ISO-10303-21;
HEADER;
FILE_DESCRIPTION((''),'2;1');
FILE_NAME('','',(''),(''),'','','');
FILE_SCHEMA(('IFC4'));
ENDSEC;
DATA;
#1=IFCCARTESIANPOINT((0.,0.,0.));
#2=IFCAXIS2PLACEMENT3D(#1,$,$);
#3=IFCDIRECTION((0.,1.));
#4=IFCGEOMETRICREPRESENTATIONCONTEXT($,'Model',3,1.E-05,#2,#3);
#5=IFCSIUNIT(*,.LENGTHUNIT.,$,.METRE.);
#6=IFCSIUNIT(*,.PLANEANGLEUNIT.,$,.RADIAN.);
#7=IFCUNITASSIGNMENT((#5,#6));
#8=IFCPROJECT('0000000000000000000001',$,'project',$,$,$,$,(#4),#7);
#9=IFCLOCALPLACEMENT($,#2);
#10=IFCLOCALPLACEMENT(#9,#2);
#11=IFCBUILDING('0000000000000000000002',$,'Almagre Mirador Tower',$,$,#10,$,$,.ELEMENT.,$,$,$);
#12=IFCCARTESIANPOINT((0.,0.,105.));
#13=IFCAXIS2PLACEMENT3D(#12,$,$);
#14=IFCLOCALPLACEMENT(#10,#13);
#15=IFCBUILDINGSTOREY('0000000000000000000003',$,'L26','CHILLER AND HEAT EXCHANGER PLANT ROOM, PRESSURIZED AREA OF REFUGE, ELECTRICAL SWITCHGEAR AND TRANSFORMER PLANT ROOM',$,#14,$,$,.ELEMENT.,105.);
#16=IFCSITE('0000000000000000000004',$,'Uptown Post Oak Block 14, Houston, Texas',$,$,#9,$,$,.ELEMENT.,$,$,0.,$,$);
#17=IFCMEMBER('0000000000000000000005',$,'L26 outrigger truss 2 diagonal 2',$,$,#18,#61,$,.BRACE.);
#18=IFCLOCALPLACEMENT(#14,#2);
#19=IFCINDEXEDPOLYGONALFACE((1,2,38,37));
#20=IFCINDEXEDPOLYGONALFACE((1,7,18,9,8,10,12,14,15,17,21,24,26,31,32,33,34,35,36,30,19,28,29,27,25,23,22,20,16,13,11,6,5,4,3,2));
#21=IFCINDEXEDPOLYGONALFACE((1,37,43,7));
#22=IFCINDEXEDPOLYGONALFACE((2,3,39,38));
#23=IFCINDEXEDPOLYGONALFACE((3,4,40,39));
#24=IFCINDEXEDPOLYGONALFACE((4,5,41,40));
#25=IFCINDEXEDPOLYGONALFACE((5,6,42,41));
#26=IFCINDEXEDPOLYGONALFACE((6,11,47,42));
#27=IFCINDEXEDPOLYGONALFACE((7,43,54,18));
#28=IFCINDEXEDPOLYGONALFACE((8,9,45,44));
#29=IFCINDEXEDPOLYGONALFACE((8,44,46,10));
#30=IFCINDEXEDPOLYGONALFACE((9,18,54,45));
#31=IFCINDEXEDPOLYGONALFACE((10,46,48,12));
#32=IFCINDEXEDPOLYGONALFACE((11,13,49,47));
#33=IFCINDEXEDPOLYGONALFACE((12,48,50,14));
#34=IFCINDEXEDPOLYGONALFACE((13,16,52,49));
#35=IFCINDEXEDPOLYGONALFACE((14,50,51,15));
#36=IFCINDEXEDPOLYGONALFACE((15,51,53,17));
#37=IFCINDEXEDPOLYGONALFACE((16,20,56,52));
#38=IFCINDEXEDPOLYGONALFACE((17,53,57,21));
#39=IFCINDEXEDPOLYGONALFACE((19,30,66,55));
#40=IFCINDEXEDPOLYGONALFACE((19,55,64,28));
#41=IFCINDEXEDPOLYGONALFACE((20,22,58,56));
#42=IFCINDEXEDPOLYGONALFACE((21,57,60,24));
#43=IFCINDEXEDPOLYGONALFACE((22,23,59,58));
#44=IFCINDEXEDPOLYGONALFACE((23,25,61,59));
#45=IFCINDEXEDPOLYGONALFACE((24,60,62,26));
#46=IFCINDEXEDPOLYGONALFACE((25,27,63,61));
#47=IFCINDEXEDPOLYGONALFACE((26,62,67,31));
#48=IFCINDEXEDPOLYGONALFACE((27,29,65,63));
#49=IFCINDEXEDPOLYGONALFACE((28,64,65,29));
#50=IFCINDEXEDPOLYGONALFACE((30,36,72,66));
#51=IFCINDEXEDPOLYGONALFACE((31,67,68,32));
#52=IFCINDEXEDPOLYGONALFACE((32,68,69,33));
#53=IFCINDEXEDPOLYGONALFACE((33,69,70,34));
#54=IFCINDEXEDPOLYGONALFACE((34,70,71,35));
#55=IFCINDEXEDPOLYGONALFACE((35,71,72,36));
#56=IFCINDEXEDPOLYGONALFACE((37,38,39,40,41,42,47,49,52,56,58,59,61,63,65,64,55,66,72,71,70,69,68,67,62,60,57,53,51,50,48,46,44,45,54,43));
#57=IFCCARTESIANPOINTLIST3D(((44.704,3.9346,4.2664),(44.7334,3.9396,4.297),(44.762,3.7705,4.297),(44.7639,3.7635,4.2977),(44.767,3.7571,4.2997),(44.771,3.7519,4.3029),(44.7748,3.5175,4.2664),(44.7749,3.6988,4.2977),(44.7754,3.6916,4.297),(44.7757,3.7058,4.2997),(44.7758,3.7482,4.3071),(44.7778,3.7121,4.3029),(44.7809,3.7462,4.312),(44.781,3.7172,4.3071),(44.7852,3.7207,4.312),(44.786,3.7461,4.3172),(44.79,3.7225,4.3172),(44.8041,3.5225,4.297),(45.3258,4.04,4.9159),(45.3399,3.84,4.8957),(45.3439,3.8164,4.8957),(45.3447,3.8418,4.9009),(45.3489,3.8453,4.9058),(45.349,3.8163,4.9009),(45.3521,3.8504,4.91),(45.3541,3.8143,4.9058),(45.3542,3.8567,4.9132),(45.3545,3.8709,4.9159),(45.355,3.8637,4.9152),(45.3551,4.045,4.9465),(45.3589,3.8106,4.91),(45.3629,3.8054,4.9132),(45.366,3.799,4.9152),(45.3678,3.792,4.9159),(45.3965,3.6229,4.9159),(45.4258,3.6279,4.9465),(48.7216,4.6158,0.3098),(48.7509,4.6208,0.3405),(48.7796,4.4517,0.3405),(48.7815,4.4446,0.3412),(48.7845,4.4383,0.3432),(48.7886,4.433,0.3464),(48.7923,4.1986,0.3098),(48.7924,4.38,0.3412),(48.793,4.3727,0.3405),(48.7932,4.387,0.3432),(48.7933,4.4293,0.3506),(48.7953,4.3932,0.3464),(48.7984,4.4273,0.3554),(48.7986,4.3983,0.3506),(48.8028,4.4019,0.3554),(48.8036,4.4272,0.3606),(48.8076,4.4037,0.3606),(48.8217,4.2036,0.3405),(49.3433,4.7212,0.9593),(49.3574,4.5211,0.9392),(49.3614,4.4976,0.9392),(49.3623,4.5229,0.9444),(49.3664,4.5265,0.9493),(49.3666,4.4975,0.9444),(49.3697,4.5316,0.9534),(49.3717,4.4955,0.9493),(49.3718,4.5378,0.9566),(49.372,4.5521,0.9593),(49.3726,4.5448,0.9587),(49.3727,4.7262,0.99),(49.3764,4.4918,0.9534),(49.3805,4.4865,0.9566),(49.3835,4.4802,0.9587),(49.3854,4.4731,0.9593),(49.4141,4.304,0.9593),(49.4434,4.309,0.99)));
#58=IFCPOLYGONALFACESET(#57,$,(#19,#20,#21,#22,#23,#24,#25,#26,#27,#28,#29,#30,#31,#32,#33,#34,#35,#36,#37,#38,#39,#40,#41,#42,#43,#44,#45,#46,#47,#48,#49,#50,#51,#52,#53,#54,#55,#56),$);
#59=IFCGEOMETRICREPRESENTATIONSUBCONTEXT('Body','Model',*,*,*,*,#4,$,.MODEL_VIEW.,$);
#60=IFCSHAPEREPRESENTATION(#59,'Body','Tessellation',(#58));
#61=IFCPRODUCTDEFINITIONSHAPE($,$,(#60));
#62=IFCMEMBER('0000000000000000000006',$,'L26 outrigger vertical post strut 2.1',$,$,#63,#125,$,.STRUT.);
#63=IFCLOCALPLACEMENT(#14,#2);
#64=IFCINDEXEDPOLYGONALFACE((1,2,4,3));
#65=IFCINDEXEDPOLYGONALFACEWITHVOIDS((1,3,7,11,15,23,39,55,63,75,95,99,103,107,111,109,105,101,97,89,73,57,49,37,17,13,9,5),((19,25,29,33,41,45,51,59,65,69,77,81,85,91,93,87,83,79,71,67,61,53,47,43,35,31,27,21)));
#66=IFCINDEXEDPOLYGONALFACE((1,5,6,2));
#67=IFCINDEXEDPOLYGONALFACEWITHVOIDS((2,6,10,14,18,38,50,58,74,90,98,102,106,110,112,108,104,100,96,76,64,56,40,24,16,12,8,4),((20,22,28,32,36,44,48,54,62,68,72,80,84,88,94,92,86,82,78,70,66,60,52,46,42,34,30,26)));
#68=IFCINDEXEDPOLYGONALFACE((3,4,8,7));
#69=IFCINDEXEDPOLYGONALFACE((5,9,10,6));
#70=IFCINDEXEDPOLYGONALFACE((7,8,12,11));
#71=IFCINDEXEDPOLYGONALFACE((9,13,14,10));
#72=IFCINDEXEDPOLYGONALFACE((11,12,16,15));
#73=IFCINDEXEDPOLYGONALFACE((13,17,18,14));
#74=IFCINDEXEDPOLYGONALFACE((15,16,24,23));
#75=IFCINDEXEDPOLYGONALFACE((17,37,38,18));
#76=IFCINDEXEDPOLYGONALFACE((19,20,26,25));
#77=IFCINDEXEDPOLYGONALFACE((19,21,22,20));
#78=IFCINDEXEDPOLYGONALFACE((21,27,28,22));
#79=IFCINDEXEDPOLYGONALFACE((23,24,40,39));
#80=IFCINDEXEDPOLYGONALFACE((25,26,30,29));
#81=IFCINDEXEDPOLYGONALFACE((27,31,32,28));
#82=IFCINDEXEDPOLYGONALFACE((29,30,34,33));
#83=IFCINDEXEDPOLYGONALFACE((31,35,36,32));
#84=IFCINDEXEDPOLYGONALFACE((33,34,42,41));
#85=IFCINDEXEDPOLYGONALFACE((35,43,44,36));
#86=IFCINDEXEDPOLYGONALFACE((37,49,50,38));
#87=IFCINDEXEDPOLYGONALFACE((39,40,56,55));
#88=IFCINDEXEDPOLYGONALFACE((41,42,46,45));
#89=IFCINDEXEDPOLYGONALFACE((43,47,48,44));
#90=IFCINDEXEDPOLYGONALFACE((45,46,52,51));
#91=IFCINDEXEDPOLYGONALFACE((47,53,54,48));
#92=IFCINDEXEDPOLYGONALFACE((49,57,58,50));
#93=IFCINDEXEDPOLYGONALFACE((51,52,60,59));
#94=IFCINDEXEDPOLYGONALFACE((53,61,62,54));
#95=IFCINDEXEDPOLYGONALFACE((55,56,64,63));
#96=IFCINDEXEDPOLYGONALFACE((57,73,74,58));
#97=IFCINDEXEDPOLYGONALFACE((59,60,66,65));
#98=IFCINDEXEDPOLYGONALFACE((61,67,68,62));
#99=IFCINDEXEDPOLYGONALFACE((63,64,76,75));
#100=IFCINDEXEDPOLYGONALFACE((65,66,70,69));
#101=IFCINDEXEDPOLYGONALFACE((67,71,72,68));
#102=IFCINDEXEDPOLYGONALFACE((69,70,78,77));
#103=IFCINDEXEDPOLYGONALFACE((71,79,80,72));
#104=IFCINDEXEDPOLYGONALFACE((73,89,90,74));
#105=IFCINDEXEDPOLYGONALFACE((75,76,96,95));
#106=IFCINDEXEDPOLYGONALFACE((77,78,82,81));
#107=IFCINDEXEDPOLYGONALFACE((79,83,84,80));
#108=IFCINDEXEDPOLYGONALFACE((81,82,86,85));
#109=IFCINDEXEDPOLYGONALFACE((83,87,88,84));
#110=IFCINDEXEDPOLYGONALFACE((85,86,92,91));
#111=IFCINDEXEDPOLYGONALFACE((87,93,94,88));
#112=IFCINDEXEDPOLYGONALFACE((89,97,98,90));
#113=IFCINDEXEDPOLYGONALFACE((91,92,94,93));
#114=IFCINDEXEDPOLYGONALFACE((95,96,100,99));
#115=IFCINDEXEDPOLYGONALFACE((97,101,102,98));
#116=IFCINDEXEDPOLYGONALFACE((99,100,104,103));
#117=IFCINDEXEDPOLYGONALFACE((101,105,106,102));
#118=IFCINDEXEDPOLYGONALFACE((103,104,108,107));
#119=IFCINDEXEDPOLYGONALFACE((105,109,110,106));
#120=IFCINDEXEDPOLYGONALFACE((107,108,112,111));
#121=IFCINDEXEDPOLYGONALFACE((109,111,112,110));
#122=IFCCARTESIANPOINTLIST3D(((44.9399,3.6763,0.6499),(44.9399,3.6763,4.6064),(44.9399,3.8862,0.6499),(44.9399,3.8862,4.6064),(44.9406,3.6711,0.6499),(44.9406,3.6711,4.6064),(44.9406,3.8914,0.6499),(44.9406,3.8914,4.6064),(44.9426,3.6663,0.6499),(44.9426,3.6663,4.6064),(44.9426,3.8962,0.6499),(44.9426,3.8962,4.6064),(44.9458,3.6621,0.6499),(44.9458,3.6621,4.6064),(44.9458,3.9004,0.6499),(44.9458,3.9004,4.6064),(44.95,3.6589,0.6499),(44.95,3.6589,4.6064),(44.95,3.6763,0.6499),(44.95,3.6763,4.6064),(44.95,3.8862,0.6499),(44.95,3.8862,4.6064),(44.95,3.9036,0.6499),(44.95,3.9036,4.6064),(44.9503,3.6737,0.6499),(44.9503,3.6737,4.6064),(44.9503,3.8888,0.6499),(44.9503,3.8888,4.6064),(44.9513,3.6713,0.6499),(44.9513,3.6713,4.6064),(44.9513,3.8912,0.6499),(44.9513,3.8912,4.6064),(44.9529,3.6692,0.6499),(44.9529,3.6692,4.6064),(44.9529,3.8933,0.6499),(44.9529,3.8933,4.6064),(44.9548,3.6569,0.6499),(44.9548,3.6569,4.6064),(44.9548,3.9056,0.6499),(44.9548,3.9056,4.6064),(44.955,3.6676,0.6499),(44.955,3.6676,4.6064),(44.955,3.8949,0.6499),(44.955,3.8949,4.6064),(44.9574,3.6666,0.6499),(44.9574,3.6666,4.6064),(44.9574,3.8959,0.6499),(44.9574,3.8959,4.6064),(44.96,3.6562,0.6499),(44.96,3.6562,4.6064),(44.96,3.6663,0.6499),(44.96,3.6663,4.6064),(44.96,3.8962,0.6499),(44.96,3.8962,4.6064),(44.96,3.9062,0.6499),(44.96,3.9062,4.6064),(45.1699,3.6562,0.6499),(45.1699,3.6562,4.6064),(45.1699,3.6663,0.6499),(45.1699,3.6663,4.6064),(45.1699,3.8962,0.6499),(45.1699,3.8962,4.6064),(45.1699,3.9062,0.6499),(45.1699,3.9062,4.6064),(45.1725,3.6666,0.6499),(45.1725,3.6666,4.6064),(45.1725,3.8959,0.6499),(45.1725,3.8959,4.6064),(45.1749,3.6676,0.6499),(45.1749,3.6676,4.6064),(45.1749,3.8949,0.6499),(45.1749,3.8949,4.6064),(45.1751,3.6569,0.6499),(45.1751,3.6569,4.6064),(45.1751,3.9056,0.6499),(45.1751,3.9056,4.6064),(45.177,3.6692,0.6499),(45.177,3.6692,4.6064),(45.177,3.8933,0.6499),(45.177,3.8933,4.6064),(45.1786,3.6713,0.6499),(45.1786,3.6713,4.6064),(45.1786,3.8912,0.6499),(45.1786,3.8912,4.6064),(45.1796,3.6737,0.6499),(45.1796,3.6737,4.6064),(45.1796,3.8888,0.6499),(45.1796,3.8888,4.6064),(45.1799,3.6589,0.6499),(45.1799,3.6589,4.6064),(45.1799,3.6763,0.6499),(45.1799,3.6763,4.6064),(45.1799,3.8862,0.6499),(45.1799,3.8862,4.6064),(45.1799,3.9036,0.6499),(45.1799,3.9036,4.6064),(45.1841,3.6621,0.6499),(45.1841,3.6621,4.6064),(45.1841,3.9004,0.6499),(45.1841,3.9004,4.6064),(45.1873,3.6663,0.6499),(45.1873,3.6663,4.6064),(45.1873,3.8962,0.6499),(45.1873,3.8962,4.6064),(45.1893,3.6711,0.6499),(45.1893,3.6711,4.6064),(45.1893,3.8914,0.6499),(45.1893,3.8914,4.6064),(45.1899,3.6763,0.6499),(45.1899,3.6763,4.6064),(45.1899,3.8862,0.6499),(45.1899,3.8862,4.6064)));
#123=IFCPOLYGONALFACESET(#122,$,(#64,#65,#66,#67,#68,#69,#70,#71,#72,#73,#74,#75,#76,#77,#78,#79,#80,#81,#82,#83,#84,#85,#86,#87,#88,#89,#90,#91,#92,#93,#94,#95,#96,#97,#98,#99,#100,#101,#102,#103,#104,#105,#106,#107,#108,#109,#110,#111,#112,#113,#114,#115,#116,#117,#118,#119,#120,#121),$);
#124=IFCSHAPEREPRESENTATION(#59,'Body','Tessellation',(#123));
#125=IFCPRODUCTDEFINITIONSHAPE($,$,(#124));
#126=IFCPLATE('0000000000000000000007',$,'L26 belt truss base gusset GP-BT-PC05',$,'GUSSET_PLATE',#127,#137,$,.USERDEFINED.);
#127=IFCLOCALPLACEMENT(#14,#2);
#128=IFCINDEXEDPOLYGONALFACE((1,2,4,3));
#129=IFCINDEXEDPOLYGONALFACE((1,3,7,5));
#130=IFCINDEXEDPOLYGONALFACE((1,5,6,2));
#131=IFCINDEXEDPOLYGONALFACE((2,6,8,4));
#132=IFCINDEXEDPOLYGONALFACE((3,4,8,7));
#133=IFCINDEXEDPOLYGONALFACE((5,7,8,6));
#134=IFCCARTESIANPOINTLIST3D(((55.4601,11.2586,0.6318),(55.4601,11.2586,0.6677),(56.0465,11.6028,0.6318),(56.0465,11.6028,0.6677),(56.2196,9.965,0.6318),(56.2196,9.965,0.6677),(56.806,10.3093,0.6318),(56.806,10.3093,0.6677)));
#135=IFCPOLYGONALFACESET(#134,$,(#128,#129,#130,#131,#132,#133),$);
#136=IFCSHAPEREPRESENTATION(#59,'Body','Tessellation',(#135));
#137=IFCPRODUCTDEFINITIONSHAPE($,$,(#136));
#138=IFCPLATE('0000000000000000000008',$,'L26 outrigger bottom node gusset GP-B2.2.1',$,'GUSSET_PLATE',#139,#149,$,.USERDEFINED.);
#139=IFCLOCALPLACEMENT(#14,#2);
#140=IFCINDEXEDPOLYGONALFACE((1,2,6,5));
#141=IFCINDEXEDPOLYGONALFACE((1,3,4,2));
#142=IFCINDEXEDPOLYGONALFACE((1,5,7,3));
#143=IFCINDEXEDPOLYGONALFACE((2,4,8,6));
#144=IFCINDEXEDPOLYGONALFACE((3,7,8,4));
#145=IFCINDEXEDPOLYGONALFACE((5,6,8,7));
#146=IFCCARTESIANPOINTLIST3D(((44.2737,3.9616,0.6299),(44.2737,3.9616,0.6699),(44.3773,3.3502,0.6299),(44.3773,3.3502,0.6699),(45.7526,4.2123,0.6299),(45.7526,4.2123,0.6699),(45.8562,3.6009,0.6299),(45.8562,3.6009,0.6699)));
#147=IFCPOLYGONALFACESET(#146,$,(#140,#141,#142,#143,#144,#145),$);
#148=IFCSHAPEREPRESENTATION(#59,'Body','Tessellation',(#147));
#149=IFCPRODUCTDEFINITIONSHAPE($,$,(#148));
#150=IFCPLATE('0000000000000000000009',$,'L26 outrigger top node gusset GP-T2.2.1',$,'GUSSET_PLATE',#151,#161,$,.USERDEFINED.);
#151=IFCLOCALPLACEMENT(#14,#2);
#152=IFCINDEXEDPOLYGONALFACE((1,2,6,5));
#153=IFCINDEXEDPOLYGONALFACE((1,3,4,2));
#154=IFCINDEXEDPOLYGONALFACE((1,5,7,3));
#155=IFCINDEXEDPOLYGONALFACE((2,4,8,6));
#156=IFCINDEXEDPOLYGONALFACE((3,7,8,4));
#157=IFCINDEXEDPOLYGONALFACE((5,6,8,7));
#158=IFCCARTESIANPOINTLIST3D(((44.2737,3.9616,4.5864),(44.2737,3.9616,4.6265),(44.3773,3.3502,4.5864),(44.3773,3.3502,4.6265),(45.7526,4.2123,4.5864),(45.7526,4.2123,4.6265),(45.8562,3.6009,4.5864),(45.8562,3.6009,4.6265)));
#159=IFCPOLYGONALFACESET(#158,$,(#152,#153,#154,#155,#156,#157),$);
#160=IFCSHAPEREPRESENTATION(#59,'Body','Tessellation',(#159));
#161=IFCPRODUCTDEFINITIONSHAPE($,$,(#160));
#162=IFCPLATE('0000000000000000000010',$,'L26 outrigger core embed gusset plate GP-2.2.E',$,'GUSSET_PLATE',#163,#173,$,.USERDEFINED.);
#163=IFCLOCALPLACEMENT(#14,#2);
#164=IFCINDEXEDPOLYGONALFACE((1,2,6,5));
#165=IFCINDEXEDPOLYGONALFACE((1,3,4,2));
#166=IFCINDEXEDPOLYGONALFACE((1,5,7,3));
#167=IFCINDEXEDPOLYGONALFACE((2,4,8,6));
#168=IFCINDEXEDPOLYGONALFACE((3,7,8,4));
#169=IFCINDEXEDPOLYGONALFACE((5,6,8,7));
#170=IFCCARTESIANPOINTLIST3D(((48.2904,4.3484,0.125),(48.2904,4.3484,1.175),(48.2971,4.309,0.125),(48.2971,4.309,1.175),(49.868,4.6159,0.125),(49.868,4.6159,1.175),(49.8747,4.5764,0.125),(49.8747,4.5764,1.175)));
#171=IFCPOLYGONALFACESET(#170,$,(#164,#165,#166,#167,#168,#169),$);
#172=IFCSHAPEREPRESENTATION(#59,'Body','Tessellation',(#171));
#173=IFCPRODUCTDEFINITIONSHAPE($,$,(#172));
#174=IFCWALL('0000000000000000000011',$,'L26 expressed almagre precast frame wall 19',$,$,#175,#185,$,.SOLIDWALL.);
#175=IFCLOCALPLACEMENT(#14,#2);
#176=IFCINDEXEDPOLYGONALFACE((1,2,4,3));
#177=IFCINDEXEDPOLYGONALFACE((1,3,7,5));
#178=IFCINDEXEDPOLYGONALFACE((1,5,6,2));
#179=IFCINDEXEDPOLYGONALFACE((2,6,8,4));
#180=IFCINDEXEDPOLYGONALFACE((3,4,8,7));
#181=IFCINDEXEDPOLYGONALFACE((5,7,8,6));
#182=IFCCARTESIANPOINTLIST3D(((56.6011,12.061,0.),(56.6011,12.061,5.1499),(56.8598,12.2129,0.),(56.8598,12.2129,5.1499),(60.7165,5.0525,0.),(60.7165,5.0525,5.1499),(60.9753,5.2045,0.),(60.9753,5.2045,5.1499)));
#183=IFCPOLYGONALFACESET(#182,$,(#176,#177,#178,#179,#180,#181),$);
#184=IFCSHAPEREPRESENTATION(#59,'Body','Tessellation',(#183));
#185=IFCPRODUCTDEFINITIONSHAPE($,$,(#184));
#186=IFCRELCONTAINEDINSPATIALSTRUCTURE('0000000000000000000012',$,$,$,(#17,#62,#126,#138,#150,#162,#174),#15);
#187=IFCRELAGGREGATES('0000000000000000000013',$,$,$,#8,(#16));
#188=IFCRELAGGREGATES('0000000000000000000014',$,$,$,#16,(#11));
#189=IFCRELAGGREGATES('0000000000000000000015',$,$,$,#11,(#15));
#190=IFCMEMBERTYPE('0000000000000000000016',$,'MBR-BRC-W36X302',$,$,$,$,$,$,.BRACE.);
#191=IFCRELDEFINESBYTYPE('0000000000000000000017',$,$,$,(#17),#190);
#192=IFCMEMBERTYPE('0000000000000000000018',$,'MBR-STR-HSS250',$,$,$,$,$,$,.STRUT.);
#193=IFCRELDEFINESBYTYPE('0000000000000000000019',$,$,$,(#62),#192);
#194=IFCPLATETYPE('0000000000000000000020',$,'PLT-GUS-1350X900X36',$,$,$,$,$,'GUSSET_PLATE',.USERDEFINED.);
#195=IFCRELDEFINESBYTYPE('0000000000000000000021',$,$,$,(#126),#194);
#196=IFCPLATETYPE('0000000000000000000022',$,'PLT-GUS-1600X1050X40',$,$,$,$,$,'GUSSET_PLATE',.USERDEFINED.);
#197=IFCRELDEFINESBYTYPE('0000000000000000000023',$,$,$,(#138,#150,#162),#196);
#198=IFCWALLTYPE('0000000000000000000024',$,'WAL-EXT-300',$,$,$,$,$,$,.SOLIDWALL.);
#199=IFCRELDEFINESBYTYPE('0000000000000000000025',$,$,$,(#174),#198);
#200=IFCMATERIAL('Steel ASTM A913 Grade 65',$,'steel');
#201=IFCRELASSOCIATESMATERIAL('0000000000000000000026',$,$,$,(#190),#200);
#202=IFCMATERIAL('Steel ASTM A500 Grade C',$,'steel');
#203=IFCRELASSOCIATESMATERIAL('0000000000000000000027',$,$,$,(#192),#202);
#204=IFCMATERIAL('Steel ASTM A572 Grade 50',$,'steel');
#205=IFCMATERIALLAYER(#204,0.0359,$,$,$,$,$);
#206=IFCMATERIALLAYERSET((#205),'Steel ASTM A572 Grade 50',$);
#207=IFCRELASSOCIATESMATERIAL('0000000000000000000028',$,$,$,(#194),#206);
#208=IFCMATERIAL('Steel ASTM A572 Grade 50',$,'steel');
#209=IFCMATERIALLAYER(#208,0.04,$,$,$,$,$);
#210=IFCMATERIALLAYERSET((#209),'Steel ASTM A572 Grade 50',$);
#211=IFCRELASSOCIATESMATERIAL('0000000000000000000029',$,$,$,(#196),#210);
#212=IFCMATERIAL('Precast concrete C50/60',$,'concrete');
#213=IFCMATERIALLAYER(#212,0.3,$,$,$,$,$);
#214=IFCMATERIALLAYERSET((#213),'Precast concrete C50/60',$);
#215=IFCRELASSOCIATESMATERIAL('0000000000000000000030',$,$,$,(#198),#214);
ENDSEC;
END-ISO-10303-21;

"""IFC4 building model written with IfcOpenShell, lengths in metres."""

from ifc_helpers import new_model, si_unit, direction, frame, frame_2d, origin, origin_2d, place, context, subcontext, project, spatial, rectangle, hollow_rectangle, i_section, extrude, material, layer, layer_set, material_profile, profile_set, type_object, element, save


model = new_model("IFC4")

# Units and contexts
model_context = context("Model", 3, precision=1e-05, world=origin(), true_north=direction((0.0, 1.0)))
body_context = subcontext(model_context, "Body", "Model", "MODEL_VIEW")
ifc_project = project(units=[si_unit("LENGTHUNIT", "METRE"), si_unit("PLANEANGLEUNIT", "RADIAN")], contexts=[model_context])

# Site, building, storey
site_placement = place(None, origin())
site = spatial("IfcSite", under=ifc_project, at=site_placement, Name="Uptown Post Oak Block 14, Houston, Texas", CompositionType="ELEMENT", RefElevation=0.0)
building_placement = place(site_placement, origin())
building = spatial("IfcBuilding", under=site, at=building_placement, Name="Almagre Mirador Tower", CompositionType="ELEMENT")
storey_placement = place(building_placement, frame((0.0, 0.0, 105.0)))
storey = spatial("IfcBuildingStorey", under=building, at=storey_placement, Name="L26", Description="CHILLER AND HEAT EXCHANGER PLANT ROOM, PRESSURIZED AREA OF REFUGE, ELECTRICAL SWITCHGEAR AND TRANSFORMER PLANT ROOM", CompositionType="ELEMENT", Elevation=105.0)

# Members
ifc_material_1 = material(Name="Steel ASTM A913 Grade 65", Category="steel")
ifc_material_profile_1 = material_profile(ifc_material_1, i_section(OverallWidth=0.4231, OverallDepth=0.948, WebThickness=0.0239, FlangeThickness=0.0427, FilletRadius=0.0281, at=origin_2d()), Name="W36X302")
ifc_profile_set_1 = profile_set([ifc_material_profile_1], Name="Steel ASTM A913 Grade 65")
member_type_1 = type_object("IfcMemberType", Name="MBR-BRC-W36X302", PredefinedType="BRACE", material=ifc_profile_set_1)
member_1_placement = place(storey_placement, frame((45.0649, 3.7812, 4.6064), z_axis=(0.707356, 0.119927, -0.69661), x_axis=(-0.167158, 0.98593, 0.0)))
element("IfcMember", 1, at=member_1_placement, inside=storey, type_object=member_type_1, Name="L26 outrigger truss 2 diagonal 2", PredefinedType="BRACE", context=body_context, shape_type="SweptSolid", body=[
    extrude(i_section(OverallWidth=0.4231, OverallDepth=0.948, WebThickness=0.0239, FlangeThickness=0.0427, FilletRadius=0.0281, at=origin_2d()), origin(), (0.0, 0.0, 1.0), 5.6797),
])
ifc_material_2 = material(Name="Steel ASTM A500 Grade C", Category="steel")
ifc_material_profile_2 = material_profile(ifc_material_2, hollow_rectangle(XDim=0.25, YDim=0.25, WallThickness=0.01, InnerFilletRadius=0.01, OuterFilletRadius=0.02, at=origin_2d()), Name="HSS250X250X10")
ifc_profile_set_2 = profile_set([ifc_material_profile_2], Name="Steel ASTM A500 Grade C")
member_type_2 = type_object("IfcMemberType", Name="MBR-STR-HSS250", PredefinedType="STRUT", material=ifc_profile_set_2)
member_2_placement = place(storey_placement, frame((45.0649, 3.7812, 0.6499), z_axis=(0.0, 0.0, 1.0), x_axis=(1.0, 0.0, 0.0)))
element("IfcMember", 2, at=member_2_placement, inside=storey, type_object=member_type_2, Name="L26 outrigger vertical post strut 2.1", PredefinedType="STRUT", context=body_context, shape_type="SweptSolid", body=[
    extrude(hollow_rectangle(XDim=0.25, YDim=0.25, WallThickness=0.01, InnerFilletRadius=0.01, OuterFilletRadius=0.02, at=origin_2d()), origin(), (0.0, 0.0, 1.0), 3.9565),
])

# Plates
ifc_material_3 = material(Name="Steel ASTM A572 Grade 50", Category="steel")
ifc_layer_1 = layer(ifc_material_3, 0.0359)
ifc_layer_set_1 = layer_set([ifc_layer_1], Name="Steel ASTM A572 Grade 50")
plate_type_1 = type_object("IfcPlateType", Name="PLT-GUS-1350X900X36", ElementType="GUSSET_PLATE", PredefinedType="USERDEFINED", material=ifc_layer_set_1)
plate_1_placement = place(storey_placement, frame((56.1331, 10.7839, 0.6318), z_axis=(0.0, 0.0, 1.0), x_axis=(-0.506335, 0.862337, 0.0)))
element("IfcPlate", 3, at=plate_1_placement, inside=storey, type_object=plate_type_1, Name="L26 belt truss base gusset GP-BT-PC05", ObjectType="GUSSET_PLATE", PredefinedType="USERDEFINED", context=body_context, shape_type="SweptSolid", body=[
    extrude(rectangle(XDim=1.5, YDim=0.6799, at=origin_2d()), origin(), (0.0, 0.0, 1.0), 0.0359),
])
ifc_material_4 = material(Name="Steel ASTM A572 Grade 50", Category="steel")
ifc_layer_2 = layer(ifc_material_4, 0.04)
ifc_layer_set_2 = layer_set([ifc_layer_2], Name="Steel ASTM A572 Grade 50")
plate_type_2 = type_object("IfcPlateType", Name="PLT-GUS-1600X1050X40", ElementType="GUSSET_PLATE", PredefinedType="USERDEFINED", material=ifc_layer_set_2)
for number, where, z_axis, x_axis, name in (
    (4, (45.0649, 3.7812, 0.6299), (0.0, 0.0, 1.0), (0.985935, 0.16713, 0.0), "L26 outrigger bottom node gusset GP-B2.2.1"),
    (5, (45.0649, 3.7812, 4.5864), (0.0, 0.0, 1.0), (0.985935, 0.16713, 0.0), "L26 outrigger top node gusset GP-T2.2.1"),
):
    element("IfcPlate", number, at=place(storey_placement, frame(where, z_axis=z_axis, x_axis=x_axis)), inside=storey, type_object=plate_type_2, Name=name, ObjectType="GUSSET_PLATE", PredefinedType="USERDEFINED", context=body_context, shape_type="SweptSolid", body=[
        extrude(rectangle(XDim=1.5, YDim=0.6201, at=origin_2d()), origin(), (0.0, 0.0, 1.0), 0.04),
    ])
plate_2_placement = place(storey_placement, frame((49.0825, 4.4624, 0.125), z_axis=(0.0, 0.0, 1.0), x_axis=(0.985935, 0.16713, 0.0)))
element("IfcPlate", 6, at=plate_2_placement, inside=storey, type_object=plate_type_2, Name="L26 outrigger core embed gusset plate GP-2.2.E", ObjectType="GUSSET_PLATE", PredefinedType="USERDEFINED", context=body_context, shape_type="SweptSolid", body=[
    extrude(rectangle(XDim=1.6001, YDim=0.04, at=origin_2d()), origin(), (0.0, 0.0, 1.0), 1.05),
])

# Wall
ifc_material_5 = material(Name="Precast concrete C50/60", Category="concrete")
ifc_layer_3 = layer(ifc_material_5, 0.3)
ifc_layer_set_3 = layer_set([ifc_layer_3], Name="Precast concrete C50/60")
wall_type_1 = type_object("IfcWallType", Name="WAL-EXT-300", PredefinedType="SOLIDWALL", material=ifc_layer_set_3)
wall_1_placement = place(storey_placement, frame((56.7305, 12.137, 0.0), z_axis=(0.0, 0.0, 1.0), x_axis=(0.506362, -0.862321, 0.0)))
element("IfcWall", 7, at=wall_1_placement, inside=storey, type_object=wall_type_1, Name="L26 expressed almagre precast frame wall 19", PredefinedType="SOLIDWALL", context=body_context, shape_type="SweptSolid", body=[
    extrude(rectangle(XDim=8.1274, YDim=0.3, at=frame_2d((4.0637, 0.0))), origin(), (0.0, 0.0, 1.0), 5.1499),
])

save(model, "model.ifc")
